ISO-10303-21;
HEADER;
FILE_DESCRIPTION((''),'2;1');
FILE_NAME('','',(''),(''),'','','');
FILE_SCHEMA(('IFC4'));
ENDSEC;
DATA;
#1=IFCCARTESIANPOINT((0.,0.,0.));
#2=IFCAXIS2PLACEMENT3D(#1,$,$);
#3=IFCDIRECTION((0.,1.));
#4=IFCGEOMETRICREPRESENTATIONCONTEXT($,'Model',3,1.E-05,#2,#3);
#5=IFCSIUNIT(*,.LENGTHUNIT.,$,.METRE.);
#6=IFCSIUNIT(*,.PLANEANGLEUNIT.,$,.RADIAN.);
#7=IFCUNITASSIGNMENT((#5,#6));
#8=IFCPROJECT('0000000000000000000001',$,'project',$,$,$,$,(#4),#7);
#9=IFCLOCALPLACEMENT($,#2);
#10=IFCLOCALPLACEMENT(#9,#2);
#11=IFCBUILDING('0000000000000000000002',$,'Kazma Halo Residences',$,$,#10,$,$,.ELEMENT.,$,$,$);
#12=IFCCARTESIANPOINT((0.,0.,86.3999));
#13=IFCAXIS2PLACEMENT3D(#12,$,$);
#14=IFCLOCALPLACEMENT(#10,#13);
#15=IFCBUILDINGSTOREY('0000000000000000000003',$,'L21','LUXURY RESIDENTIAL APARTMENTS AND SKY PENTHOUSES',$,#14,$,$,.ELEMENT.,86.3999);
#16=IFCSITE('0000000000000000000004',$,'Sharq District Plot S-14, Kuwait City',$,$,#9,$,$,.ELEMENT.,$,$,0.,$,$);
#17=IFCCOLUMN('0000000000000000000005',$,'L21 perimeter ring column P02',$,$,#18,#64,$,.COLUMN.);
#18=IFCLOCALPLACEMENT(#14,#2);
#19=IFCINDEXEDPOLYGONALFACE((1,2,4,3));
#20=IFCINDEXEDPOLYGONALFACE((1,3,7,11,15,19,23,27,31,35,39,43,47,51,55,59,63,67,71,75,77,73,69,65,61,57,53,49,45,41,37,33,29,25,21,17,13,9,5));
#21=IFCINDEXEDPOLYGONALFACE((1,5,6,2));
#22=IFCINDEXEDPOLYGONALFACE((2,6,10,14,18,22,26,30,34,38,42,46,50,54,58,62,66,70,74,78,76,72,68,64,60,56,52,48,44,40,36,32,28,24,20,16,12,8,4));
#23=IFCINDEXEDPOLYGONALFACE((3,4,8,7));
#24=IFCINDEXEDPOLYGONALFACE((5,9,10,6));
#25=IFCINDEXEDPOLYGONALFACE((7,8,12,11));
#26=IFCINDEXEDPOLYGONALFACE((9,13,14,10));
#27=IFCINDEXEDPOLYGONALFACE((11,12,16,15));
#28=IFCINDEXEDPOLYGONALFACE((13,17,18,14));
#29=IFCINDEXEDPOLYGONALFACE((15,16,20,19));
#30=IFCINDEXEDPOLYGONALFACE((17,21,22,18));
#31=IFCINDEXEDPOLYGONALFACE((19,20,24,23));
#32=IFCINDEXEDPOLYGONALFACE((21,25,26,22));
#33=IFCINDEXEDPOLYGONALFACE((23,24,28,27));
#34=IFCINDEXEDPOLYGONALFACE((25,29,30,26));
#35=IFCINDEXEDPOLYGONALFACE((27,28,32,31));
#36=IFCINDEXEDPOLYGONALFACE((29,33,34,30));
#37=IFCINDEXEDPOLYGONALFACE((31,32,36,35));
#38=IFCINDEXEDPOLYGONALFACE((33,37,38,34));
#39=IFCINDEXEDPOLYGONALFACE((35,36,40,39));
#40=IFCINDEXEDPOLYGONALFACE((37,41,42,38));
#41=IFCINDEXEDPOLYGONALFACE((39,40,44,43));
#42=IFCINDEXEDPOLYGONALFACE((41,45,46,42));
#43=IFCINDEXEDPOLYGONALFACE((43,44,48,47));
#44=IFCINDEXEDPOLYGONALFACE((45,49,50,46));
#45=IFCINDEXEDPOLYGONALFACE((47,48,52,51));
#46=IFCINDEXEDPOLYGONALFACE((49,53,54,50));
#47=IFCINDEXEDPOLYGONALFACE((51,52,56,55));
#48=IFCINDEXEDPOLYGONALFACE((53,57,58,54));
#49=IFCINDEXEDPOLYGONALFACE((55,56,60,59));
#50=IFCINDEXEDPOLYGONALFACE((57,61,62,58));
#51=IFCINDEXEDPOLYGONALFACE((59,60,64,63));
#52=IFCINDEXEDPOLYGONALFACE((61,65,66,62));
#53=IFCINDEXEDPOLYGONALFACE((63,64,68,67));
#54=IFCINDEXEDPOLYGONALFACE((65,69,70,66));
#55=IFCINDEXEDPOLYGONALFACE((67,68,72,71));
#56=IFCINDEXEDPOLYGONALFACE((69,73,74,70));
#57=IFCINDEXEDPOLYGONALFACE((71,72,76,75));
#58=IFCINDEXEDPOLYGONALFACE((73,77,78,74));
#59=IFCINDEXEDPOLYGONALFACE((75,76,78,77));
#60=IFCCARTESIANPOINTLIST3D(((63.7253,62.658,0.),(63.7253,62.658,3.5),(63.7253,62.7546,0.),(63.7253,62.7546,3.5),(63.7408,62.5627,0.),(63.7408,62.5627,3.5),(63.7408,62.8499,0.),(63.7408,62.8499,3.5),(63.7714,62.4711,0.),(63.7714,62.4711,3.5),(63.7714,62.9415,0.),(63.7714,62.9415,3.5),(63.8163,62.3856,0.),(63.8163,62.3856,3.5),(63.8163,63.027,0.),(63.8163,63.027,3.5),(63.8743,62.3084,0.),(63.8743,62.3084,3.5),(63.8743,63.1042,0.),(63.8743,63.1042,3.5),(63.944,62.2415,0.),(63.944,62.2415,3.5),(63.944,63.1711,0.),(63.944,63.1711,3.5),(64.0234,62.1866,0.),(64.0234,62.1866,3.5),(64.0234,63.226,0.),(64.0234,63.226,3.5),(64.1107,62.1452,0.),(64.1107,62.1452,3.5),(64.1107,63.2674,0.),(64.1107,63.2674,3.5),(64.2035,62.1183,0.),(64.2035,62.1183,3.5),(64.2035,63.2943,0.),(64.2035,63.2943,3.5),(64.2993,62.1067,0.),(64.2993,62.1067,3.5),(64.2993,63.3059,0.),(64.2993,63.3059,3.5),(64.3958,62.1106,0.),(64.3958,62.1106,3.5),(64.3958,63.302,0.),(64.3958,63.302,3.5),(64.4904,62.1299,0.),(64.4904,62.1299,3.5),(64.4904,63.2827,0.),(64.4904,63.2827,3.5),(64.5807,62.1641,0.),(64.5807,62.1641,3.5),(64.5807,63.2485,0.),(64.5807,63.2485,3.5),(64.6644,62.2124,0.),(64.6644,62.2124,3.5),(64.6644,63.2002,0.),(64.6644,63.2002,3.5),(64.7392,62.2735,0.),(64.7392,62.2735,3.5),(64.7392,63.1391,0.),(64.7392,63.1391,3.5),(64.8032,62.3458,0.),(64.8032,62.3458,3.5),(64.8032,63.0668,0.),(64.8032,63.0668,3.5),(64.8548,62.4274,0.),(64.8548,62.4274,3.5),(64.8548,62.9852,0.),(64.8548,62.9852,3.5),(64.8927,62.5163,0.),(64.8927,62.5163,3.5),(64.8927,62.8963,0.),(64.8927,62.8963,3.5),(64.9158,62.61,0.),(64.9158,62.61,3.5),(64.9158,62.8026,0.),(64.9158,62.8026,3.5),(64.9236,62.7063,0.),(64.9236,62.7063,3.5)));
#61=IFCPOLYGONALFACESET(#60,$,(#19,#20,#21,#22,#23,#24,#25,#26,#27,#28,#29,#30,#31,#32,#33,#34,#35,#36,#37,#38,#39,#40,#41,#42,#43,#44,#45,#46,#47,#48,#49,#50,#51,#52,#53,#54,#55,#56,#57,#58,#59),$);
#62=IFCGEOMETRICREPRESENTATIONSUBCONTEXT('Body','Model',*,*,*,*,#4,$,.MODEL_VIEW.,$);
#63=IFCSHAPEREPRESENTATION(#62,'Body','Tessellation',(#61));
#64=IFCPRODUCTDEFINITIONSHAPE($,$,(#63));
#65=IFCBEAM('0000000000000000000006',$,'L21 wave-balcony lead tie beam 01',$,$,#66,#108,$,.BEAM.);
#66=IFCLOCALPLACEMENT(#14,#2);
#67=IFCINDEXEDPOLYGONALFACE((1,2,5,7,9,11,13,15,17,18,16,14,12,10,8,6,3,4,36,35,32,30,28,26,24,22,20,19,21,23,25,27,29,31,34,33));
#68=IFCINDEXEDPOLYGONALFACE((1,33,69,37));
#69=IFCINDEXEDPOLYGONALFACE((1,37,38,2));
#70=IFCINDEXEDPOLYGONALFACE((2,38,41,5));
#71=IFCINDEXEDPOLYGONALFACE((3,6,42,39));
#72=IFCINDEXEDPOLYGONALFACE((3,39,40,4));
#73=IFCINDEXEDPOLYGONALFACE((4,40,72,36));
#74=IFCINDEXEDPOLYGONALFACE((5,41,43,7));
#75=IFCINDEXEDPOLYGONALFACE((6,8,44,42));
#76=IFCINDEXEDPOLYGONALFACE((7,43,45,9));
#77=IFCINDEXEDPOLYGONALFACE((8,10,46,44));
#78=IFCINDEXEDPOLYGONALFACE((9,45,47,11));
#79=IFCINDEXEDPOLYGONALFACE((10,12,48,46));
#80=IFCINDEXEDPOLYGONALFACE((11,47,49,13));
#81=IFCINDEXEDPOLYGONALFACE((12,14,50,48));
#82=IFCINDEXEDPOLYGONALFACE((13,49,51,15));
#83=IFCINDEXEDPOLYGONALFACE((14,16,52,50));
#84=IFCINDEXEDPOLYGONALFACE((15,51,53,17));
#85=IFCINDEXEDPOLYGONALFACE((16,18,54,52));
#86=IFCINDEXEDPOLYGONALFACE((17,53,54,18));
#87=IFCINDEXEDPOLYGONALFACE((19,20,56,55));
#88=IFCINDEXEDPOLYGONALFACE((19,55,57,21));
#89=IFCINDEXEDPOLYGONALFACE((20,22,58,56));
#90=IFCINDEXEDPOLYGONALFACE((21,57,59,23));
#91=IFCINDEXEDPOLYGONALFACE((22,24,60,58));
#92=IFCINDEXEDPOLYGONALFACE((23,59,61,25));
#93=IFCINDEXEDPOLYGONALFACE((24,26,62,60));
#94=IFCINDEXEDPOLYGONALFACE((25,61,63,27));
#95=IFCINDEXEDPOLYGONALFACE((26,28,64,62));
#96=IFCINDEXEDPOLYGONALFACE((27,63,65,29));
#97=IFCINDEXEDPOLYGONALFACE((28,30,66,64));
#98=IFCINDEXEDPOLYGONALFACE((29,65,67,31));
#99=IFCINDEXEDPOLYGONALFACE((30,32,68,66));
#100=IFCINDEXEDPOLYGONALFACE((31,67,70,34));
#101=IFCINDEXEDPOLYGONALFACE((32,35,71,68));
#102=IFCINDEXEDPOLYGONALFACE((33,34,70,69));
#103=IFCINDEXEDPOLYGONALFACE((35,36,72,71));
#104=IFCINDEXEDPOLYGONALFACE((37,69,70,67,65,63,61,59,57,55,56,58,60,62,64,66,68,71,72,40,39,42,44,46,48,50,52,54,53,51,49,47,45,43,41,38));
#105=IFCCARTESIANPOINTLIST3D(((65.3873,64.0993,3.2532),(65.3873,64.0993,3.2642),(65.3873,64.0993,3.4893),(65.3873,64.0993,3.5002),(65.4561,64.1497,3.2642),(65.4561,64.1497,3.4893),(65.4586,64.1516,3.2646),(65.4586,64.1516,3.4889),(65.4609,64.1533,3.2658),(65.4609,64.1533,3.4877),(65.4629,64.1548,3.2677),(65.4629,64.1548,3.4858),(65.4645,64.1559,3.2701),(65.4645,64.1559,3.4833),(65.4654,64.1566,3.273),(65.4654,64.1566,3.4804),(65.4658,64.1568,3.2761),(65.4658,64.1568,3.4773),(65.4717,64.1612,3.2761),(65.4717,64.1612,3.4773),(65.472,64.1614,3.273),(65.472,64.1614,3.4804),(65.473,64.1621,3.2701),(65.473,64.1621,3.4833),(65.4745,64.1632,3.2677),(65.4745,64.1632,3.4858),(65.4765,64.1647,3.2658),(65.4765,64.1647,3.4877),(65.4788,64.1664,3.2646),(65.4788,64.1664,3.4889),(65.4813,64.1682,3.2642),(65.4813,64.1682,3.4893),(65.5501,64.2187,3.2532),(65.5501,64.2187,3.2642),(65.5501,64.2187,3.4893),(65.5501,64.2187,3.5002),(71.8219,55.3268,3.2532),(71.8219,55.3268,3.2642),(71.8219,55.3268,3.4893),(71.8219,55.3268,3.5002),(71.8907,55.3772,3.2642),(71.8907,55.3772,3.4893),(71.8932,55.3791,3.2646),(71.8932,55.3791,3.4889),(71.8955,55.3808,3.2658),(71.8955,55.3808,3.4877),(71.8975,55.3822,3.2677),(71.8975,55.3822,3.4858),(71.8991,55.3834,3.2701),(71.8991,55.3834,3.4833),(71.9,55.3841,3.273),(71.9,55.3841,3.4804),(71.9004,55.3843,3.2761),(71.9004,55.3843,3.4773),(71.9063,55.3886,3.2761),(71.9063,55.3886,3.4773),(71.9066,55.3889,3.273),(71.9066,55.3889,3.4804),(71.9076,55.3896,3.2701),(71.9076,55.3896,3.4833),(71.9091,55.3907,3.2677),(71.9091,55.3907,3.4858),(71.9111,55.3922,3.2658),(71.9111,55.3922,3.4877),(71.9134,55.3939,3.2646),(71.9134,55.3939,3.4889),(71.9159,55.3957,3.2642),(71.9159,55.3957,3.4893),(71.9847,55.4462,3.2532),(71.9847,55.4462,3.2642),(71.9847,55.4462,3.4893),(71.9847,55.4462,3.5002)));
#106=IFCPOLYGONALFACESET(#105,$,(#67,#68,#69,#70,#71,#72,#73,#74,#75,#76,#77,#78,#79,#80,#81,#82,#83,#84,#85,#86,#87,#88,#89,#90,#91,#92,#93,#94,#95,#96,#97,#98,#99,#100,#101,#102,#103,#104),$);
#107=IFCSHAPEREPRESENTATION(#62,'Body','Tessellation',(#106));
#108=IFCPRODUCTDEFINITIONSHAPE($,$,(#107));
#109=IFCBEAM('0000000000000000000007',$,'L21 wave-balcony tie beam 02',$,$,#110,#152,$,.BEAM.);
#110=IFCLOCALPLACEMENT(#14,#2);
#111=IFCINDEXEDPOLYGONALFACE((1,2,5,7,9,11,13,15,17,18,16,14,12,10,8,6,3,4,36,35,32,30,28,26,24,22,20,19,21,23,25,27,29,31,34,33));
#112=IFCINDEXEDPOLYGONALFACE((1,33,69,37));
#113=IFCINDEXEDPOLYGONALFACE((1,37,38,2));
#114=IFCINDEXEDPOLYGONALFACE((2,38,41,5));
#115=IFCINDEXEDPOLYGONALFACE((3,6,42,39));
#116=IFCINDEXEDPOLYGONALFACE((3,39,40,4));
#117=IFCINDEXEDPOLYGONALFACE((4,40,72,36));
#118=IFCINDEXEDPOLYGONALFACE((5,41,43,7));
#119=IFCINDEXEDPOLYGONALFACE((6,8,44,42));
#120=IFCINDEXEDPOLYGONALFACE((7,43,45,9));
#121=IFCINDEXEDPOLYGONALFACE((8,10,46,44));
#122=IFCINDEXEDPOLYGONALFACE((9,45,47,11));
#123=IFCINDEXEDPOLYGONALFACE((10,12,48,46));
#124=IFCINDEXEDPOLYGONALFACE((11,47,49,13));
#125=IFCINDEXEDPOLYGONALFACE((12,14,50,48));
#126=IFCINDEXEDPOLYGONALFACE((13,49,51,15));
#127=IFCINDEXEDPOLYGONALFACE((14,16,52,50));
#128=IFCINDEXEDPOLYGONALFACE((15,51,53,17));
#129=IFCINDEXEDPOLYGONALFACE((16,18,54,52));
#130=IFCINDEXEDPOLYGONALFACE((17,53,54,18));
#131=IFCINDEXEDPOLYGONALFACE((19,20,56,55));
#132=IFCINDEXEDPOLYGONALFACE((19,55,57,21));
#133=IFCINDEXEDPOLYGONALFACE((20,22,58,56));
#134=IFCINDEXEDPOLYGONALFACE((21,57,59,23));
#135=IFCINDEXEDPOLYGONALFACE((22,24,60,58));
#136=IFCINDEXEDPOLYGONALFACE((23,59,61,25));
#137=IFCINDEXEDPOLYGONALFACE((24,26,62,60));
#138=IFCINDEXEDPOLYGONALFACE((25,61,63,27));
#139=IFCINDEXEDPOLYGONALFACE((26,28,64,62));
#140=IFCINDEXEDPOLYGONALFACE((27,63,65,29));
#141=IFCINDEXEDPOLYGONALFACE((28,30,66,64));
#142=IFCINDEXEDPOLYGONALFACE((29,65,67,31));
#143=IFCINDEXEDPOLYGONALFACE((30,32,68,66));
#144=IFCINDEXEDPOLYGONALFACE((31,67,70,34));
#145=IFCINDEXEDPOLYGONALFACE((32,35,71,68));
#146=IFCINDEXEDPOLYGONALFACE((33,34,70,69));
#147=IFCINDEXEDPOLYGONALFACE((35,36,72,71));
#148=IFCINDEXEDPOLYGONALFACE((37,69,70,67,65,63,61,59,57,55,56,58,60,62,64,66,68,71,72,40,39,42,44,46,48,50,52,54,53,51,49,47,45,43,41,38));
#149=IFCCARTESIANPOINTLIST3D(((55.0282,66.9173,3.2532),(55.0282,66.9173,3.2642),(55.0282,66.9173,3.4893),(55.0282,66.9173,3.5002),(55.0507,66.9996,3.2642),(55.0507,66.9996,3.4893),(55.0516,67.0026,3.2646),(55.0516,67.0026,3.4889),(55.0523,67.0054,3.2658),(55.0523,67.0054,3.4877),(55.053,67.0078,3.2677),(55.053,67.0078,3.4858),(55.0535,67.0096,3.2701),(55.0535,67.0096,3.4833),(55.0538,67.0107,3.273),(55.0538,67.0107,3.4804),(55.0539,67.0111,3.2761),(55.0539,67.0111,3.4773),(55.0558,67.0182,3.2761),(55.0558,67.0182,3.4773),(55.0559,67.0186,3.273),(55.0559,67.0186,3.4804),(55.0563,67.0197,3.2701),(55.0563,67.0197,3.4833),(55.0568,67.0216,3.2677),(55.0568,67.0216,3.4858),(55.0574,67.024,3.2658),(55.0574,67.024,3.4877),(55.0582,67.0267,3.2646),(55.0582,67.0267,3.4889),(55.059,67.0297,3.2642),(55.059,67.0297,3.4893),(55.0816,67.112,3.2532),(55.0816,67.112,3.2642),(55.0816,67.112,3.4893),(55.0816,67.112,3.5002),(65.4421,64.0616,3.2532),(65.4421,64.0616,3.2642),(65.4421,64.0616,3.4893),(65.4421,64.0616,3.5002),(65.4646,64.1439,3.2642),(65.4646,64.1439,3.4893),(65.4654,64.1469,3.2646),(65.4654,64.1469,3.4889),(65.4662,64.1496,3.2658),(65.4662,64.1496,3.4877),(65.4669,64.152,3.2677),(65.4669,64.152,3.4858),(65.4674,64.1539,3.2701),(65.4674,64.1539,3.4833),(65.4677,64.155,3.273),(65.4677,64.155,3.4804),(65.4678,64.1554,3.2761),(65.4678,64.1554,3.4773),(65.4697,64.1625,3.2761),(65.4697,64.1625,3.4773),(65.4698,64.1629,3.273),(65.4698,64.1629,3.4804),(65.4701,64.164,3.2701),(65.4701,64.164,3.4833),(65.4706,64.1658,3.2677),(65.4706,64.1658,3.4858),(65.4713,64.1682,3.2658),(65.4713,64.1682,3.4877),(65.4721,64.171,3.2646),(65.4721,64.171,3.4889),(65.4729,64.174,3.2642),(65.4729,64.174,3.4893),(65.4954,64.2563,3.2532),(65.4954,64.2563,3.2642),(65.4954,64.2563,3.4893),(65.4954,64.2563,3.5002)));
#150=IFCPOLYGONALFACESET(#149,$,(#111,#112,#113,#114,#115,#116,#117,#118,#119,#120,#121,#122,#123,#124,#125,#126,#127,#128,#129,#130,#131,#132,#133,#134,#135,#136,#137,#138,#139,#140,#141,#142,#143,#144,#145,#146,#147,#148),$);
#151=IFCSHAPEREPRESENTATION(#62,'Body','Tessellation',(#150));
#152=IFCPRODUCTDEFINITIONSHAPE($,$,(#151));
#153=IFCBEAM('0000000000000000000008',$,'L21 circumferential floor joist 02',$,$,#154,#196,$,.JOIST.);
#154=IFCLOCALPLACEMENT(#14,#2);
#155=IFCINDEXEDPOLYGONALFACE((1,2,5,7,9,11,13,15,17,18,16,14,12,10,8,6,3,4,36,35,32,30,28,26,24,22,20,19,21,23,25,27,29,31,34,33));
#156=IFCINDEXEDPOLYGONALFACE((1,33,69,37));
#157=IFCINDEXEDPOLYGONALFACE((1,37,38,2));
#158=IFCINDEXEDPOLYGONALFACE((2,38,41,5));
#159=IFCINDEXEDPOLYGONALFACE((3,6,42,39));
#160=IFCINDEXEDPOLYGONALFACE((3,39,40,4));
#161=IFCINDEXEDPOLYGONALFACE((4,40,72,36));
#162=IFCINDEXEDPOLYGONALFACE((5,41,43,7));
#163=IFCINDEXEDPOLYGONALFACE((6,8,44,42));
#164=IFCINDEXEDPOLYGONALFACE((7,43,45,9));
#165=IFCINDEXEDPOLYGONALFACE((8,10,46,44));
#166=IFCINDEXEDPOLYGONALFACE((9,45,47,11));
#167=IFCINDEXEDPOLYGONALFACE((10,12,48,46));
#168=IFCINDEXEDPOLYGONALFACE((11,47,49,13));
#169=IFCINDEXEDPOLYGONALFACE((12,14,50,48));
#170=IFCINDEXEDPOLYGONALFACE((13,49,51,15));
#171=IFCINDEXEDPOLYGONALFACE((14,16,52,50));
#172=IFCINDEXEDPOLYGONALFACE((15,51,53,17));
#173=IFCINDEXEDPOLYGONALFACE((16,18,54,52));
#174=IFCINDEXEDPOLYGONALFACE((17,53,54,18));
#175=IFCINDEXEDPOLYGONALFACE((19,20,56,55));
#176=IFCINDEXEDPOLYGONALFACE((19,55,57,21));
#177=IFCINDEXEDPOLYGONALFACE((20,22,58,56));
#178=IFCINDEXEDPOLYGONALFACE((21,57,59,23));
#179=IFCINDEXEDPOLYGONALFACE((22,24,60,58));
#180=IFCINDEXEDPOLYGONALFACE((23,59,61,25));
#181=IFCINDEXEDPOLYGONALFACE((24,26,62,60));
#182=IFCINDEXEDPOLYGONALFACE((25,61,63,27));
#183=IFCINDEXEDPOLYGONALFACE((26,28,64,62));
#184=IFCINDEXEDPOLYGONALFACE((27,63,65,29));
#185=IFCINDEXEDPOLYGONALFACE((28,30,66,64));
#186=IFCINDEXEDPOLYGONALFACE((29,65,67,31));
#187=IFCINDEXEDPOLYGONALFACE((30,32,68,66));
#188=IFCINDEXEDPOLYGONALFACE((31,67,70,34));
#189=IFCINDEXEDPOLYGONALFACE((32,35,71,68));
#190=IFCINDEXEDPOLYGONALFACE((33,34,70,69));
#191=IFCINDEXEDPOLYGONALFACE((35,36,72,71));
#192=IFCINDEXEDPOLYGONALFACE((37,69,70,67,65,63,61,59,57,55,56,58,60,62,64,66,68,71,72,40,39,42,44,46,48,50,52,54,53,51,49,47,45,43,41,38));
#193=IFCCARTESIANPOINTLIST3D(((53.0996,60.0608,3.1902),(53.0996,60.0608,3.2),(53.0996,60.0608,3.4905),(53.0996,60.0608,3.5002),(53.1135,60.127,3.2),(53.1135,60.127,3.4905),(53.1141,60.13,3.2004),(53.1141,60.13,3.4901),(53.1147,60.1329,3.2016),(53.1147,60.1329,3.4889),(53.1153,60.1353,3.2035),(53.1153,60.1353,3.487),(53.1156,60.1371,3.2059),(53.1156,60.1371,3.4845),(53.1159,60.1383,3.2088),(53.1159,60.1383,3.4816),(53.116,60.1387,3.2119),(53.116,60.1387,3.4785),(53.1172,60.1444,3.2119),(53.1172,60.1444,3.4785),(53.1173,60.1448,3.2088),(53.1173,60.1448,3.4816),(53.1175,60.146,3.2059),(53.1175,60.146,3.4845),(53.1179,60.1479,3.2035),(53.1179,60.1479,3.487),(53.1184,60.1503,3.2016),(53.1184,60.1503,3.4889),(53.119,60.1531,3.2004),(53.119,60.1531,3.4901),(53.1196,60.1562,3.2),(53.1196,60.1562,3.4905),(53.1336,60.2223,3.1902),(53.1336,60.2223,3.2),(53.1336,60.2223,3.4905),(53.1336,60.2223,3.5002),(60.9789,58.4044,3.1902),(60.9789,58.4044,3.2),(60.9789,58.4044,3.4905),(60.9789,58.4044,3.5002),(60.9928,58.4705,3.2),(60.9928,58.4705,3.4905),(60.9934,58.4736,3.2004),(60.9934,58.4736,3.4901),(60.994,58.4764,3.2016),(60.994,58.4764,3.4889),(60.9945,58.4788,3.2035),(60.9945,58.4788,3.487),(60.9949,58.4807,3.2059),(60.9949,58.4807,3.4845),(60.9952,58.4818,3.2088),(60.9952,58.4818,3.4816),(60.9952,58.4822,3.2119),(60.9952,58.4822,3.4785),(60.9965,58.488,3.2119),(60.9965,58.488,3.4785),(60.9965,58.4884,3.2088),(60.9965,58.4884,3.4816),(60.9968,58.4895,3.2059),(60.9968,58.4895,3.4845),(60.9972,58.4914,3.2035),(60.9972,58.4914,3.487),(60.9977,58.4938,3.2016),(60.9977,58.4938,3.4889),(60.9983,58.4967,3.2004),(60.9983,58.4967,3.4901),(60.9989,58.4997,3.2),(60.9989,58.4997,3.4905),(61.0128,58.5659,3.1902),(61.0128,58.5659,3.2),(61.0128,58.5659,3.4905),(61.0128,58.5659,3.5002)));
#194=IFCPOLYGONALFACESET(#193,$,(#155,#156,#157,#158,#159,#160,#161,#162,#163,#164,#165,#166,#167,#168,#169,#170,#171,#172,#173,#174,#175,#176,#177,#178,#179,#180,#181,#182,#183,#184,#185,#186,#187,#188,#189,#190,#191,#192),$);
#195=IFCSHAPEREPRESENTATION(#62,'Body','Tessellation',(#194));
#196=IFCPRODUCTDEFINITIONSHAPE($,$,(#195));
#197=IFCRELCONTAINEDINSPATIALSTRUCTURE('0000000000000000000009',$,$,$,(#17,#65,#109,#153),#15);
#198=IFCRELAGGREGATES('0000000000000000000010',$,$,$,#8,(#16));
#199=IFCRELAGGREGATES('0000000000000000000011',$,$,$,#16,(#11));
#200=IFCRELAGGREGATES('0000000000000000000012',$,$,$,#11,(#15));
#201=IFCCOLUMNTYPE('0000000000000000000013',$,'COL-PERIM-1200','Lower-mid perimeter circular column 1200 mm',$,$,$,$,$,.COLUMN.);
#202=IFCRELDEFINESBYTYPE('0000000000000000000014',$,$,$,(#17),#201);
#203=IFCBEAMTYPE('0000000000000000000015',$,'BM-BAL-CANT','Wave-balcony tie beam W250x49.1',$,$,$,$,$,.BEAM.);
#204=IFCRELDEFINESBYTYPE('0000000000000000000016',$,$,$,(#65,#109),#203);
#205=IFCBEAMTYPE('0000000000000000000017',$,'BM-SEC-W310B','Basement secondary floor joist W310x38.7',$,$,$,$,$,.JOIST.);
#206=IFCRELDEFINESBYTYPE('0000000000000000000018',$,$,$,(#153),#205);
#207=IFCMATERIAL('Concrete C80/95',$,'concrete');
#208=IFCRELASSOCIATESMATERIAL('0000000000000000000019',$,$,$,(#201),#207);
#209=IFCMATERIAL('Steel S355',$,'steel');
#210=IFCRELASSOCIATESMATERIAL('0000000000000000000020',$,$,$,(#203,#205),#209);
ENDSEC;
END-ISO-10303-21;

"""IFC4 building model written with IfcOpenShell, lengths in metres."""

from ifc_helpers import new_model, si_unit, direction, frame, origin, origin_2d, place, context, subcontext, project, spatial, circle, i_section, extrude, material, material_profile, profile_set, type_object, element, save


model = new_model("IFC4")

# Units and contexts
model_context = context("Model", 3, precision=1e-05, world=origin(), true_north=direction((0.0, 1.0)))
body_context = subcontext(model_context, "Body", "Model", "MODEL_VIEW")
ifc_project = project(units=[si_unit("LENGTHUNIT", "METRE"), si_unit("PLANEANGLEUNIT", "RADIAN")], contexts=[model_context])

# Site, building, storey
site_placement = place(None, origin())
site = spatial("IfcSite", under=ifc_project, at=site_placement, Name="Sharq District Plot S-14, Kuwait City", CompositionType="ELEMENT", RefElevation=0.0)
building_placement = place(site_placement, origin())
building = spatial("IfcBuilding", under=site, at=building_placement, Name="Kazma Halo Residences", CompositionType="ELEMENT")
storey_placement = place(building_placement, frame((0.0, 0.0, 86.3999)))
storey = spatial("IfcBuildingStorey", under=building, at=storey_placement, Name="L21", Description="LUXURY RESIDENTIAL APARTMENTS AND SKY PENTHOUSES", CompositionType="ELEMENT", Elevation=86.3999)

# Column
ifc_material_1 = material(Name="Concrete C80/95", Category="concrete")
ifc_material_profile_1 = material_profile(ifc_material_1, circle(Radius=0.6001, at=origin_2d()), Name="CIRC1200")
ifc_profile_set_1 = profile_set([ifc_material_profile_1], Name="Concrete C80/95")
column_type = type_object("IfcColumnType", Name="COL-PERIM-1200", Description="Lower-mid perimeter circular column 1200 mm", PredefinedType="COLUMN", material=ifc_profile_set_1)
column_placement = place(storey_placement, frame((64.3235, 62.7063, 0.0), z_axis=(0.0, 0.0, 1.0), x_axis=(1.0, 0.0, 0.0)))
element("IfcColumn", 1, at=column_placement, inside=storey, type_object=column_type, Name="L21 perimeter ring column P02", PredefinedType="COLUMN", context=body_context, shape_type="SweptSolid", body=[
    extrude(circle(Radius=0.6001, at=origin_2d()), origin(), (0.0, 0.0, 1.0), 3.5),
])

# Beams
ifc_material_2 = material(Name="Steel S355", Category="steel")
ifc_material_profile_2 = material_profile(ifc_material_2, i_section(OverallWidth=0.2019, OverallDepth=0.2471, WebThickness=0.0073, FlangeThickness=0.011, FilletRadius=0.012, at=origin_2d()), Name="W250x49.1")
ifc_profile_set_2 = profile_set([ifc_material_profile_2], Name="Steel S355")
beam_type_1 = type_object("IfcBeamType", Name="BM-BAL-CANT", Description="Wave-balcony tie beam W250x49.1", PredefinedType="BEAM", material=ifc_profile_set_2)
beam_1_placement = place(storey_placement, frame((71.9033, 55.3865, 3.3767), z_axis=(-0.591449, 0.806342, 0.0), x_axis=(-0.806342, -0.591449, 0.0)))
element("IfcBeam", 2, at=beam_1_placement, inside=storey, type_object=beam_type_1, Name="L21 wave-balcony lead tie beam 01", PredefinedType="BEAM", context=body_context, shape_type="SweptSolid", body=[
    extrude(i_section(OverallWidth=0.2019, OverallDepth=0.2471, WebThickness=0.0073, FlangeThickness=0.011, FilletRadius=0.012, at=origin_2d()), origin(), (0.0, 0.0, 1.0), 10.8794),
])
beam_2_placement = place(storey_placement, frame((65.4688, 64.1589, 3.3767), z_axis=(-0.964397, 0.26446, 0.0), x_axis=(-0.26446, -0.964397, 0.0)))
element("IfcBeam", 3, at=beam_2_placement, inside=storey, type_object=beam_type_1, Name="L21 wave-balcony tie beam 02", PredefinedType="BEAM", context=body_context, shape_type="SweptSolid", body=[
    extrude(i_section(OverallWidth=0.2019, OverallDepth=0.2471, WebThickness=0.0073, FlangeThickness=0.011, FilletRadius=0.012, at=origin_2d()), origin(), (0.0, 0.0, 1.0), 10.7983),
])
ifc_material_profile_3 = material_profile(ifc_material_2, i_section(OverallWidth=0.165, OverallDepth=0.3101, WebThickness=0.0059, FlangeThickness=0.0098, FilletRadius=0.012, at=origin_2d()), Name="W310x38.7")
ifc_profile_set_3 = profile_set([ifc_material_profile_3], Name="Steel S355")
beam_type_2 = type_object("IfcBeamType", Name="BM-SEC-W310B", Description="Basement secondary floor joist W310x38.7", PredefinedType="JOIST", material=ifc_profile_set_3)
beam_3_placement = place(storey_placement, frame((60.9958, 58.4851, 3.3452), z_axis=(-0.978608, 0.205734, 0.0), x_axis=(-0.205734, -0.978608, 0.0)))
element("IfcBeam", 4, at=beam_3_placement, inside=storey, type_object=beam_type_2, Name="L21 circumferential floor joist 02", PredefinedType="JOIST", context=body_context, shape_type="SweptSolid", body=[
    extrude(i_section(OverallWidth=0.165, OverallDepth=0.3101, WebThickness=0.0059, FlangeThickness=0.0098, FilletRadius=0.012, at=origin_2d()), origin(), (0.0, 0.0, 1.0), 8.0515),
])

save(model, "model.ifc")
